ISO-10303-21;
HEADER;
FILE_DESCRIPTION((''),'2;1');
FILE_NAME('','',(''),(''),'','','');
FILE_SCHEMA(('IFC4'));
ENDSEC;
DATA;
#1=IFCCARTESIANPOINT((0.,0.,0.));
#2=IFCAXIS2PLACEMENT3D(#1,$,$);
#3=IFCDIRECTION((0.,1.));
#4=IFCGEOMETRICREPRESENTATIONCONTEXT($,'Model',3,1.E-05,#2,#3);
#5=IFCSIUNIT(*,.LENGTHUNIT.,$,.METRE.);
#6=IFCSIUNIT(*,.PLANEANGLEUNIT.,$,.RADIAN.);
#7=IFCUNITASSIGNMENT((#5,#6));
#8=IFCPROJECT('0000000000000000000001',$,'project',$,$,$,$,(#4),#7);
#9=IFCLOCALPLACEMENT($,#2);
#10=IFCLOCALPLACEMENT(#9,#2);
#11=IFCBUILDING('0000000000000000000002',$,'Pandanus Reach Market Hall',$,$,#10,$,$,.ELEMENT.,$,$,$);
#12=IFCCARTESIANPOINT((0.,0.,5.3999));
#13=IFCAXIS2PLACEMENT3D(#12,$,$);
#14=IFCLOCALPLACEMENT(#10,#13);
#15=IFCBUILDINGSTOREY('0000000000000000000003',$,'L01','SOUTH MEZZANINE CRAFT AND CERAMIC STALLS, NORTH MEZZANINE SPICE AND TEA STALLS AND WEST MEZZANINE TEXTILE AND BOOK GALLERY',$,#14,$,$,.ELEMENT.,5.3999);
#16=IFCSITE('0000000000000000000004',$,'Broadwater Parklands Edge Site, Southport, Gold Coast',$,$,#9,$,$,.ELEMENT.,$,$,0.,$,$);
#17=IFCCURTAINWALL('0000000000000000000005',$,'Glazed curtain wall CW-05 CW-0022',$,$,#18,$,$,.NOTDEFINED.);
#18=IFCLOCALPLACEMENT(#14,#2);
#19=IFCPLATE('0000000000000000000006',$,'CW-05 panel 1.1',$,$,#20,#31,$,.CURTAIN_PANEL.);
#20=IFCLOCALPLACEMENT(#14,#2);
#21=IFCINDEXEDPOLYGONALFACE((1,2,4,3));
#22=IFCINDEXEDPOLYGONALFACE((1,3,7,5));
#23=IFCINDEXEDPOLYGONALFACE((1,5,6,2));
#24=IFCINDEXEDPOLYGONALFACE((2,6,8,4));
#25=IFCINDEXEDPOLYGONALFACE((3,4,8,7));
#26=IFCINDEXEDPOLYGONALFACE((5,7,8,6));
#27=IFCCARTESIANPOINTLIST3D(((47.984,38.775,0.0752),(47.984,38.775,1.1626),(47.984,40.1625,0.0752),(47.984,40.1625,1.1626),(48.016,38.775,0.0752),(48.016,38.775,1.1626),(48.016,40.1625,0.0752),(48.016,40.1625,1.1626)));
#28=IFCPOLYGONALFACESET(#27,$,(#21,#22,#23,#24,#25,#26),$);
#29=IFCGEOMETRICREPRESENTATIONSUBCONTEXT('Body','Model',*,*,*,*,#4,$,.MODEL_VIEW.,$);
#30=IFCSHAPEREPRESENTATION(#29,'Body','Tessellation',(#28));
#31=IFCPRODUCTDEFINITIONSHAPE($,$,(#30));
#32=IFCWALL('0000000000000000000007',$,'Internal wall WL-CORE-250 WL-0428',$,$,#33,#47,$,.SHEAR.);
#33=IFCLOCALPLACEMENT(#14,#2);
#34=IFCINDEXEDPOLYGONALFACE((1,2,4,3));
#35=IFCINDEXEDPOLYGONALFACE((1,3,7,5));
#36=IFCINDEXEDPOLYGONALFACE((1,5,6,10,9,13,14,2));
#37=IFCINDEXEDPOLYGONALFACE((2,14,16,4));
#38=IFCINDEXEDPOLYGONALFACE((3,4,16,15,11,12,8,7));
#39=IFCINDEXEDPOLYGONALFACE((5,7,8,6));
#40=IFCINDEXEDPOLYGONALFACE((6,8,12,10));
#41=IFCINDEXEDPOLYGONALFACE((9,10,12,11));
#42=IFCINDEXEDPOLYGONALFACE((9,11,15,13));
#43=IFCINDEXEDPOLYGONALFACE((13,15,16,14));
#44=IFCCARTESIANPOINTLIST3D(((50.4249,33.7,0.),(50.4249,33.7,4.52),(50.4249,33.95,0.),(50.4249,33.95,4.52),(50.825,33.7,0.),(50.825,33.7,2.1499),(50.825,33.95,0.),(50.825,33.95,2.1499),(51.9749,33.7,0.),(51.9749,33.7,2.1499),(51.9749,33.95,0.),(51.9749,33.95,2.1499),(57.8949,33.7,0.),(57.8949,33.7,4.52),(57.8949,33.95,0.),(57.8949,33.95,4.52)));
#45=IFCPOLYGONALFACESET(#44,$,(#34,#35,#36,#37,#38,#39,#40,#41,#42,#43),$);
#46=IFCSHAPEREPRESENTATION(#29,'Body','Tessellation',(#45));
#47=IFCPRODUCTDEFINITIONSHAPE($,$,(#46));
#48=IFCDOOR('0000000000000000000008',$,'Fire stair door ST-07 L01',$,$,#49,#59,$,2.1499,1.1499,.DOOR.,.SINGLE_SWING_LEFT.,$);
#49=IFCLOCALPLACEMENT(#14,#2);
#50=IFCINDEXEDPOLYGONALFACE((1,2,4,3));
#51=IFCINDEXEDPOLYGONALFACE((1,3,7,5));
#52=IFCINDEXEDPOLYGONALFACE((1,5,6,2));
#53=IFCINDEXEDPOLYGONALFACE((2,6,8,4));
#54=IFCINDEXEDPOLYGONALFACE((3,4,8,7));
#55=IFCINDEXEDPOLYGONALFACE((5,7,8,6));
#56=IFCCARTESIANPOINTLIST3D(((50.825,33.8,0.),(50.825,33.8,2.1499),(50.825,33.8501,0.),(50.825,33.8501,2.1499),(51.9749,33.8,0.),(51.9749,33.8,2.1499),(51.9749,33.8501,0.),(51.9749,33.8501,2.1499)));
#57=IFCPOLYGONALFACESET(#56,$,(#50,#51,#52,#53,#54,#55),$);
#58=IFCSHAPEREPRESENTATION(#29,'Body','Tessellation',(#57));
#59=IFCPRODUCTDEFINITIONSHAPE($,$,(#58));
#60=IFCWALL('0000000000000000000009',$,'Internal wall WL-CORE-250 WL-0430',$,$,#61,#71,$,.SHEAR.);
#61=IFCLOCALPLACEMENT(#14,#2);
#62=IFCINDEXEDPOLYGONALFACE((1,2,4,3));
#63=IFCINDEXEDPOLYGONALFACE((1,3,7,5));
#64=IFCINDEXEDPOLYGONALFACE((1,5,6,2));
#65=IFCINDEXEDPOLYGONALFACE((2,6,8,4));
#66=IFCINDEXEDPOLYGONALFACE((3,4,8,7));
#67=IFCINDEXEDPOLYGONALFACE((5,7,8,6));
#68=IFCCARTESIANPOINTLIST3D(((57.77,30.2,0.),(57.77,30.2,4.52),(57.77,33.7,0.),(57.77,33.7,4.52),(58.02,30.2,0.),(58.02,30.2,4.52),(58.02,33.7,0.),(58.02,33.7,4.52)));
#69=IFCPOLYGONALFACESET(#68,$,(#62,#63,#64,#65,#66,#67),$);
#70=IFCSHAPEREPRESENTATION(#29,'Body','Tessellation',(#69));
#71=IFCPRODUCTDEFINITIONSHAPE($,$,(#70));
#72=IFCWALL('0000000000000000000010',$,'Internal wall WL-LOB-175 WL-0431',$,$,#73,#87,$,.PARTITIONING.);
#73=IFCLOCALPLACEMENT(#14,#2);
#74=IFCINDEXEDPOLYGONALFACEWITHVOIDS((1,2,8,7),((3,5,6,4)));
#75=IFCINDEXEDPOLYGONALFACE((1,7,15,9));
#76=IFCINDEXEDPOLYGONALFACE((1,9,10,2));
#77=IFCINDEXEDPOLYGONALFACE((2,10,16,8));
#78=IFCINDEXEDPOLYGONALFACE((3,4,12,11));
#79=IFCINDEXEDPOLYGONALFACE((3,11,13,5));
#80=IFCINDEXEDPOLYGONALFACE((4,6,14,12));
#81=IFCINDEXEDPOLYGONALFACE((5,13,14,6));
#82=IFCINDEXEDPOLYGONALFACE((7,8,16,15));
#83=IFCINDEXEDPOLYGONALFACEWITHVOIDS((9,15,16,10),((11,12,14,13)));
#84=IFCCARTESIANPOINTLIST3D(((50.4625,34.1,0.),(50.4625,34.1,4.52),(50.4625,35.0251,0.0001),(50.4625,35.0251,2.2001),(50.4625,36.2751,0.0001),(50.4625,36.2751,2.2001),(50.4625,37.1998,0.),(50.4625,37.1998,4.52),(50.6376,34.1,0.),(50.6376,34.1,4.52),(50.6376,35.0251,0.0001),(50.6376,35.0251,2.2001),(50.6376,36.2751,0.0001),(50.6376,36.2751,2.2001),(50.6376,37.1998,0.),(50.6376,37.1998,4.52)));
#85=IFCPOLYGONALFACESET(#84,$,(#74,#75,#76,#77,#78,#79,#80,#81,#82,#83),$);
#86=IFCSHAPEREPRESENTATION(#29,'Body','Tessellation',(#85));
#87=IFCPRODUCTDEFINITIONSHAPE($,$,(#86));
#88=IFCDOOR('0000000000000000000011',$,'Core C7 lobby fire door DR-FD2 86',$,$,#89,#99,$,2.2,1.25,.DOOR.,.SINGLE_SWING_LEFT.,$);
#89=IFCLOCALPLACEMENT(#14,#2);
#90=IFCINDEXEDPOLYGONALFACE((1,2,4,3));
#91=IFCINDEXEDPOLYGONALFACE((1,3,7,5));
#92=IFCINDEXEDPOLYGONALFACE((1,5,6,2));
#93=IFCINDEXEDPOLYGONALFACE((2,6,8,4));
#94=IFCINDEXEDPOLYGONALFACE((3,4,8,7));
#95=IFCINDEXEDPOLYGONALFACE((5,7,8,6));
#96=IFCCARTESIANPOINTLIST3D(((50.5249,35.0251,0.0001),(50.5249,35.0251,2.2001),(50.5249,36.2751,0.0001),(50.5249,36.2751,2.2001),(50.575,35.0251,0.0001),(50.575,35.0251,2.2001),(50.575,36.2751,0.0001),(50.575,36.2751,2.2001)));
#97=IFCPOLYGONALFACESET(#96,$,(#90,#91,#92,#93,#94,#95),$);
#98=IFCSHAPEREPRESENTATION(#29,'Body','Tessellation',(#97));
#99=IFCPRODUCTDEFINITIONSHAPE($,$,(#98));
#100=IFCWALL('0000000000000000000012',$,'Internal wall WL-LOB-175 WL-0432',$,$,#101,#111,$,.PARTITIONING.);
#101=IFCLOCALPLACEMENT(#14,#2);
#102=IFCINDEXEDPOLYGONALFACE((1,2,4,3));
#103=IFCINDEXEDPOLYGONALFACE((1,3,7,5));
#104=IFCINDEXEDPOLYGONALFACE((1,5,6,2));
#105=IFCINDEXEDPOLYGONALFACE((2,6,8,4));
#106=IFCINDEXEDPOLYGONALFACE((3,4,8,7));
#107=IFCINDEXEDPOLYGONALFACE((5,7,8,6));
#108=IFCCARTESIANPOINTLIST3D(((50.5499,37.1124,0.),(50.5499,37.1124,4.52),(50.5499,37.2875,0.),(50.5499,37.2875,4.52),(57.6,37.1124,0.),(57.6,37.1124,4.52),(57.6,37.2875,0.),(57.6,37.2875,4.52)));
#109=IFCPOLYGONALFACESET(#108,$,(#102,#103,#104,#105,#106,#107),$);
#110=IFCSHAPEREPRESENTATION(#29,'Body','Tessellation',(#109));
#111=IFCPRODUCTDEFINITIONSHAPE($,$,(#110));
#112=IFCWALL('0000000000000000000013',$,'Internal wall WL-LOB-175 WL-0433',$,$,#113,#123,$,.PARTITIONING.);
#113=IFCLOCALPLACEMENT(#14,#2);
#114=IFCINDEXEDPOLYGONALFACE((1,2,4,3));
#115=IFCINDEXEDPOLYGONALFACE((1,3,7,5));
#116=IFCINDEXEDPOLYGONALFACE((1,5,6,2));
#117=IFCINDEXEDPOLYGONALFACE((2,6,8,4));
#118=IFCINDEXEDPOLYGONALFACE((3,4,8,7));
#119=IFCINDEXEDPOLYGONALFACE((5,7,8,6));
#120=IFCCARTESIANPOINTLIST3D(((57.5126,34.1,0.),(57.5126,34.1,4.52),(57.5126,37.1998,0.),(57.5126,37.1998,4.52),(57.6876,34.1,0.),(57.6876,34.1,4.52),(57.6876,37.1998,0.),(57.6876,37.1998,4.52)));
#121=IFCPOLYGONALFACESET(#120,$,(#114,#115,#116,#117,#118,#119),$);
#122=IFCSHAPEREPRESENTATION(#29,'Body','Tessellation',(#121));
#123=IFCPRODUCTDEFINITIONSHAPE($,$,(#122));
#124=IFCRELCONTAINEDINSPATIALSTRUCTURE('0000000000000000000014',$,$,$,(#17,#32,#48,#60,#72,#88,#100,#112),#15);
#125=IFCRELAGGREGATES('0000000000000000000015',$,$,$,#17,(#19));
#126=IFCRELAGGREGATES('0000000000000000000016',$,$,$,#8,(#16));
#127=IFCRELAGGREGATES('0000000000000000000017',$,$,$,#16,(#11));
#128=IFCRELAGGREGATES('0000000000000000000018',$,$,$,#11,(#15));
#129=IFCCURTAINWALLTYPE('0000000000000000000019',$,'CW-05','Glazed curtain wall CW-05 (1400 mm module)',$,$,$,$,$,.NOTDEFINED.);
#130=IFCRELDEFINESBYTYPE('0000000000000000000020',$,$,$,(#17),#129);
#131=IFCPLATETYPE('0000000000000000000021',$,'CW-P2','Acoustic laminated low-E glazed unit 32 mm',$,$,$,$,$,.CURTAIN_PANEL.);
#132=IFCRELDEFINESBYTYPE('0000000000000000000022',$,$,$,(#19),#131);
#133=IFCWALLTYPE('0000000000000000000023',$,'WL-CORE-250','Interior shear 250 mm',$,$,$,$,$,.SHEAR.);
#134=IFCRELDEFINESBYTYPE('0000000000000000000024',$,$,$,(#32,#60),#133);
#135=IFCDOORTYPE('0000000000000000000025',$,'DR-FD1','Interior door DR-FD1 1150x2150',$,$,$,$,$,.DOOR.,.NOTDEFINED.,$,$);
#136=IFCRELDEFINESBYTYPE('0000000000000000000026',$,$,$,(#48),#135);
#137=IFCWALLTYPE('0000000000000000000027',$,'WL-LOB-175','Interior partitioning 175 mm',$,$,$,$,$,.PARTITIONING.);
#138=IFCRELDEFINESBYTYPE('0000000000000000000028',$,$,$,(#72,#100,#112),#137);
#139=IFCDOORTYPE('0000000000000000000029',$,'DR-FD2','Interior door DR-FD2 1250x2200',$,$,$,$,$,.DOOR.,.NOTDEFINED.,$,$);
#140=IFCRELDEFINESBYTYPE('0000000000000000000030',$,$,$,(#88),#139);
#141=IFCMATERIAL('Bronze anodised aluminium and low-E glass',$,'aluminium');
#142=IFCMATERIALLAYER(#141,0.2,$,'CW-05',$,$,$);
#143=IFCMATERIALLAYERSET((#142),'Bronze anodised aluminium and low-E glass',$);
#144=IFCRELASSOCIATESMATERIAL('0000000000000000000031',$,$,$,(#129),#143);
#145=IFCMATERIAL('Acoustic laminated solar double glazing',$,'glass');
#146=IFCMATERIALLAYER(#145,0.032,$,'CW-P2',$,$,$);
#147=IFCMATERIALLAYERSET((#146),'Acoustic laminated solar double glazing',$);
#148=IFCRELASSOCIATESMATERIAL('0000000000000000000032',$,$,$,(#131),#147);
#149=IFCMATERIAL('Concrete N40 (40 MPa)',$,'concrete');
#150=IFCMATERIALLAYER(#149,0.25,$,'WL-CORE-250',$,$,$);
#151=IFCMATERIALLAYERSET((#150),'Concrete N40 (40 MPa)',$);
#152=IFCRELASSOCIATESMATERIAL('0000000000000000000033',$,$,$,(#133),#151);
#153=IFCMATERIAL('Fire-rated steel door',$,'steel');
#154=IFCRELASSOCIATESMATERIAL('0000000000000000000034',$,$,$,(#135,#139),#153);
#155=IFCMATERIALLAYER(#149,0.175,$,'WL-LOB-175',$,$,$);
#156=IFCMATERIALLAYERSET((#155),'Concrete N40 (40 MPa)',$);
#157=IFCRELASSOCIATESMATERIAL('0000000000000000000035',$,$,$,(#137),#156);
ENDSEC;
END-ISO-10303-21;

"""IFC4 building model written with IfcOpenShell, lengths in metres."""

from ifc_helpers import new_model, si_unit, direction, frame, frame_2d, origin, origin_2d, place, context, subcontext, project, spatial, rectangle, extrude, material, layer, layer_set, type_object, element, fill, aggregate, save


model = new_model("IFC4")

# Units and contexts
model_context = context("Model", 3, precision=1e-05, world=origin(), true_north=direction((0.0, 1.0)))
body_context = subcontext(model_context, "Body", "Model", "MODEL_VIEW")
ifc_project = project(units=[si_unit("LENGTHUNIT", "METRE"), si_unit("PLANEANGLEUNIT", "RADIAN")], contexts=[model_context])

# Site, building, storey
site_placement = place(None, origin())
site = spatial("IfcSite", under=ifc_project, at=site_placement, Name="Broadwater Parklands Edge Site, Southport, Gold Coast", CompositionType="ELEMENT", RefElevation=0.0)
building_placement = place(site_placement, origin())
building = spatial("IfcBuilding", under=site, at=building_placement, Name="Pandanus Reach Market Hall", CompositionType="ELEMENT")
storey_placement = place(building_placement, frame((0.0, 0.0, 5.3999)))
storey = spatial("IfcBuildingStorey", under=building, at=storey_placement, Name="L01", Description="SOUTH MEZZANINE CRAFT AND CERAMIC STALLS, NORTH MEZZANINE SPICE AND TEA STALLS AND WEST MEZZANINE TEXTILE AND BOOK GALLERY", CompositionType="ELEMENT", Elevation=5.3999)

# Curtain wall
ifc_material_1 = material(Name="Bronze anodised aluminium and low-E glass", Category="aluminium")
ifc_layer_1 = layer(ifc_material_1, 0.2, Name="CW-05")
ifc_layer_set_1 = layer_set([ifc_layer_1], Name="Bronze anodised aluminium and low-E glass")
curtain_wall_type_1 = type_object("IfcCurtainWallType", Name="CW-05", Description="Glazed curtain wall CW-05 (1400 mm module)", PredefinedType="NOTDEFINED", material=ifc_layer_set_1)
curtain_wall_1_placement = place(storey_placement, origin())
curtain_wall_1 = element("IfcCurtainWall", 1, at=curtain_wall_1_placement, inside=storey, type_object=curtain_wall_type_1, Name="Glazed curtain wall CW-05 CW-0022", PredefinedType="NOTDEFINED")

# Plate
ifc_material_2 = material(Name="Acoustic laminated solar double glazing", Category="glass")
ifc_layer_2 = layer(ifc_material_2, 0.032, Name="CW-P2")
ifc_layer_set_2 = layer_set([ifc_layer_2], Name="Acoustic laminated solar double glazing")
plate_type = type_object("IfcPlateType", Name="CW-P2", Description="Acoustic laminated low-E glazed unit 32 mm", PredefinedType="CURTAIN_PANEL", material=ifc_layer_set_2)
plate_1_placement = place(storey_placement, frame((48.0, 39.4688, 0.0752), z_axis=(0.0, 0.0, 1.0), x_axis=(0.0, 1.0, 0.0)))
plate_1 = element("IfcPlate", 2, at=plate_1_placement, type_object=plate_type, Name="CW-05 panel 1.1", PredefinedType="CURTAIN_PANEL", context=body_context, shape_type="SweptSolid", body=[
    extrude(rectangle(XDim=1.3875, YDim=0.032, at=origin_2d()), origin(), (0.0, 0.0, 1.0), 1.0874),
])
aggregate(curtain_wall_1, [plate_1])

# Wall, opening, door
ifc_material_3 = material(Name="Concrete N40 (40 MPa)", Category="concrete")
ifc_layer_3 = layer(ifc_material_3, 0.25, Name="WL-CORE-250")
ifc_layer_set_3 = layer_set([ifc_layer_3], Name="Concrete N40 (40 MPa)")
wall_type_1 = type_object("IfcWallType", Name="WL-CORE-250", Description="Interior shear 250 mm", PredefinedType="SHEAR", material=ifc_layer_set_3)
wall_1_placement = place(storey_placement, frame((50.425, 33.825, 0.0), z_axis=(0.0, 0.0, 1.0), x_axis=(1.0, 0.0, 0.0)))
wall_1 = element("IfcWall", 3, at=wall_1_placement, inside=storey, type_object=wall_type_1, Name="Internal wall WL-CORE-250 WL-0428", PredefinedType="SHEAR", context=body_context, shape_type="SweptSolid", body=[
    extrude(rectangle(XDim=7.47, YDim=0.25, at=frame_2d((3.7349, 0.0))), origin(), (0.0, 0.0, 1.0), 4.52),
])
opening_1_placement = place(wall_1_placement, frame((0.3999, 0.0, 0.0)))
opening_1 = element("IfcOpeningElement", 4, at=opening_1_placement, cuts=wall_1, PredefinedType="OPENING", context=body_context, shape_type="SweptSolid", body=[
    extrude(rectangle(XDim=1.1499, YDim=2.1499, at=frame_2d((0.575, 1.075))), frame((0.0, 0.1399, 0.0), z_axis=(0.0, -1.0, 0.0), x_axis=(1.0, 0.0, 0.0)), (0.0, 0.0, 1.0), 0.28),
])
ifc_material_4 = material(Name="Fire-rated steel door", Category="steel")
door_type_1 = type_object("IfcDoorType", Name="DR-FD1", Description="Interior door DR-FD1 1150x2150", OperationType="NOTDEFINED", PredefinedType="DOOR", material=ifc_material_4)
door_1_placement = place(opening_1_placement, frame((1.1499, 0.0, 0.0), z_axis=(0.0, 0.0, 1.0), x_axis=(-1.0, 0.0, 0.0)))
door_1 = element("IfcDoor", 5, at=door_1_placement, inside=storey, type_object=door_type_1, Name="Fire stair door ST-07 L01", OperationType="SINGLE_SWING_LEFT", OverallHeight=2.1499, OverallWidth=1.1499, PredefinedType="DOOR", context=body_context, shape_type="SweptSolid", body=[
    extrude(rectangle(XDim=1.1499, YDim=2.1499, at=frame_2d((0.575, 1.075))), frame((0.0, 0.0249, 0.0), z_axis=(0.0, -1.0, 0.0), x_axis=(1.0, 0.0, 0.0)), (0.0, 0.0, 1.0), 0.05),
])
fill(opening_1, door_1)

# Wall
wall_2_placement = place(storey_placement, frame((57.895, 30.2, 0.0), z_axis=(0.0, 0.0, 1.0), x_axis=(0.0, 1.0, 0.0)))
element("IfcWall", 6, at=wall_2_placement, inside=storey, type_object=wall_type_1, Name="Internal wall WL-CORE-250 WL-0430", PredefinedType="SHEAR", context=body_context, shape_type="SweptSolid", body=[
    extrude(rectangle(XDim=3.5, YDim=0.25, at=frame_2d((1.75, 0.0))), origin(), (0.0, 0.0, 1.0), 4.52),
])

# Wall, opening, door
ifc_layer_4 = layer(ifc_material_3, 0.175, Name="WL-LOB-175")
ifc_layer_set_4 = layer_set([ifc_layer_4], Name="Concrete N40 (40 MPa)")
wall_type_2 = type_object("IfcWallType", Name="WL-LOB-175", Description="Interior partitioning 175 mm", PredefinedType="PARTITIONING", material=ifc_layer_set_4)
wall_3_placement = place(storey_placement, frame((50.55, 34.1001, 0.0), z_axis=(0.0, 0.0, 1.0), x_axis=(0.0, 1.0, 0.0)))
wall_3 = element("IfcWall", 7, at=wall_3_placement, inside=storey, type_object=wall_type_2, Name="Internal wall WL-LOB-175 WL-0431", PredefinedType="PARTITIONING", context=body_context, shape_type="SweptSolid", body=[
    extrude(rectangle(XDim=3.0999, YDim=0.175, at=frame_2d((1.5498, 0.0))), origin(), (0.0, 0.0, 1.0), 4.52),
])
opening_2_placement = place(wall_3_placement, frame((0.925, 0.0, 0.0)))
opening_2 = element("IfcOpeningElement", 8, at=opening_2_placement, cuts=wall_3, PredefinedType="OPENING", context=body_context, shape_type="SweptSolid", body=[
    extrude(rectangle(XDim=1.25, YDim=2.2, at=frame_2d((0.625, 1.1001))), frame((0.0, 0.1025, 0.0), z_axis=(0.0, -1.0, 0.0), x_axis=(1.0, 0.0, 0.0)), (0.0, 0.0, 1.0), 0.2051),
])
door_type_2 = type_object("IfcDoorType", Name="DR-FD2", Description="Interior door DR-FD2 1250x2200", OperationType="NOTDEFINED", PredefinedType="DOOR", material=ifc_material_4)
door_2_placement = place(opening_2_placement, frame((1.25, 0.0, 0.0), z_axis=(0.0, 0.0, 1.0), x_axis=(-1.0, 0.0, 0.0)))
door_2 = element("IfcDoor", 9, at=door_2_placement, inside=storey, type_object=door_type_2, Name="Core C7 lobby fire door DR-FD2 86", OperationType="SINGLE_SWING_LEFT", OverallHeight=2.2, OverallWidth=1.25, PredefinedType="DOOR", context=body_context, shape_type="SweptSolid", body=[
    extrude(rectangle(XDim=1.25, YDim=2.2, at=frame_2d((0.625, 1.1001))), frame((0.0, 0.0249, 0.0), z_axis=(0.0, -1.0, 0.0), x_axis=(1.0, 0.0, 0.0)), (0.0, 0.0, 1.0), 0.05),
])
fill(opening_2, door_2)

# Walls
wall_4_placement = place(storey_placement, frame((50.55, 37.2, 0.0), z_axis=(0.0, 0.0, 1.0), x_axis=(1.0, 0.0, 0.0)))
element("IfcWall", 10, at=wall_4_placement, inside=storey, type_object=wall_type_2, Name="Internal wall WL-LOB-175 WL-0432", PredefinedType="PARTITIONING", context=body_context, shape_type="SweptSolid", body=[
    extrude(rectangle(XDim=7.05, YDim=0.175, at=frame_2d((3.5249, 0.0))), origin(), (0.0, 0.0, 1.0), 4.52),
])
wall_5_placement = place(storey_placement, frame((57.6001, 34.1001, 0.0), z_axis=(0.0, 0.0, 1.0), x_axis=(0.0, 1.0, 0.0)))
element("IfcWall", 11, at=wall_5_placement, inside=storey, type_object=wall_type_2, Name="Internal wall WL-LOB-175 WL-0433", PredefinedType="PARTITIONING", context=body_context, shape_type="SweptSolid", body=[
    extrude(rectangle(XDim=3.0999, YDim=0.175, at=frame_2d((1.5498, 0.0))), origin(), (0.0, 0.0, 1.0), 4.52),
])

save(model, "model.ifc")
